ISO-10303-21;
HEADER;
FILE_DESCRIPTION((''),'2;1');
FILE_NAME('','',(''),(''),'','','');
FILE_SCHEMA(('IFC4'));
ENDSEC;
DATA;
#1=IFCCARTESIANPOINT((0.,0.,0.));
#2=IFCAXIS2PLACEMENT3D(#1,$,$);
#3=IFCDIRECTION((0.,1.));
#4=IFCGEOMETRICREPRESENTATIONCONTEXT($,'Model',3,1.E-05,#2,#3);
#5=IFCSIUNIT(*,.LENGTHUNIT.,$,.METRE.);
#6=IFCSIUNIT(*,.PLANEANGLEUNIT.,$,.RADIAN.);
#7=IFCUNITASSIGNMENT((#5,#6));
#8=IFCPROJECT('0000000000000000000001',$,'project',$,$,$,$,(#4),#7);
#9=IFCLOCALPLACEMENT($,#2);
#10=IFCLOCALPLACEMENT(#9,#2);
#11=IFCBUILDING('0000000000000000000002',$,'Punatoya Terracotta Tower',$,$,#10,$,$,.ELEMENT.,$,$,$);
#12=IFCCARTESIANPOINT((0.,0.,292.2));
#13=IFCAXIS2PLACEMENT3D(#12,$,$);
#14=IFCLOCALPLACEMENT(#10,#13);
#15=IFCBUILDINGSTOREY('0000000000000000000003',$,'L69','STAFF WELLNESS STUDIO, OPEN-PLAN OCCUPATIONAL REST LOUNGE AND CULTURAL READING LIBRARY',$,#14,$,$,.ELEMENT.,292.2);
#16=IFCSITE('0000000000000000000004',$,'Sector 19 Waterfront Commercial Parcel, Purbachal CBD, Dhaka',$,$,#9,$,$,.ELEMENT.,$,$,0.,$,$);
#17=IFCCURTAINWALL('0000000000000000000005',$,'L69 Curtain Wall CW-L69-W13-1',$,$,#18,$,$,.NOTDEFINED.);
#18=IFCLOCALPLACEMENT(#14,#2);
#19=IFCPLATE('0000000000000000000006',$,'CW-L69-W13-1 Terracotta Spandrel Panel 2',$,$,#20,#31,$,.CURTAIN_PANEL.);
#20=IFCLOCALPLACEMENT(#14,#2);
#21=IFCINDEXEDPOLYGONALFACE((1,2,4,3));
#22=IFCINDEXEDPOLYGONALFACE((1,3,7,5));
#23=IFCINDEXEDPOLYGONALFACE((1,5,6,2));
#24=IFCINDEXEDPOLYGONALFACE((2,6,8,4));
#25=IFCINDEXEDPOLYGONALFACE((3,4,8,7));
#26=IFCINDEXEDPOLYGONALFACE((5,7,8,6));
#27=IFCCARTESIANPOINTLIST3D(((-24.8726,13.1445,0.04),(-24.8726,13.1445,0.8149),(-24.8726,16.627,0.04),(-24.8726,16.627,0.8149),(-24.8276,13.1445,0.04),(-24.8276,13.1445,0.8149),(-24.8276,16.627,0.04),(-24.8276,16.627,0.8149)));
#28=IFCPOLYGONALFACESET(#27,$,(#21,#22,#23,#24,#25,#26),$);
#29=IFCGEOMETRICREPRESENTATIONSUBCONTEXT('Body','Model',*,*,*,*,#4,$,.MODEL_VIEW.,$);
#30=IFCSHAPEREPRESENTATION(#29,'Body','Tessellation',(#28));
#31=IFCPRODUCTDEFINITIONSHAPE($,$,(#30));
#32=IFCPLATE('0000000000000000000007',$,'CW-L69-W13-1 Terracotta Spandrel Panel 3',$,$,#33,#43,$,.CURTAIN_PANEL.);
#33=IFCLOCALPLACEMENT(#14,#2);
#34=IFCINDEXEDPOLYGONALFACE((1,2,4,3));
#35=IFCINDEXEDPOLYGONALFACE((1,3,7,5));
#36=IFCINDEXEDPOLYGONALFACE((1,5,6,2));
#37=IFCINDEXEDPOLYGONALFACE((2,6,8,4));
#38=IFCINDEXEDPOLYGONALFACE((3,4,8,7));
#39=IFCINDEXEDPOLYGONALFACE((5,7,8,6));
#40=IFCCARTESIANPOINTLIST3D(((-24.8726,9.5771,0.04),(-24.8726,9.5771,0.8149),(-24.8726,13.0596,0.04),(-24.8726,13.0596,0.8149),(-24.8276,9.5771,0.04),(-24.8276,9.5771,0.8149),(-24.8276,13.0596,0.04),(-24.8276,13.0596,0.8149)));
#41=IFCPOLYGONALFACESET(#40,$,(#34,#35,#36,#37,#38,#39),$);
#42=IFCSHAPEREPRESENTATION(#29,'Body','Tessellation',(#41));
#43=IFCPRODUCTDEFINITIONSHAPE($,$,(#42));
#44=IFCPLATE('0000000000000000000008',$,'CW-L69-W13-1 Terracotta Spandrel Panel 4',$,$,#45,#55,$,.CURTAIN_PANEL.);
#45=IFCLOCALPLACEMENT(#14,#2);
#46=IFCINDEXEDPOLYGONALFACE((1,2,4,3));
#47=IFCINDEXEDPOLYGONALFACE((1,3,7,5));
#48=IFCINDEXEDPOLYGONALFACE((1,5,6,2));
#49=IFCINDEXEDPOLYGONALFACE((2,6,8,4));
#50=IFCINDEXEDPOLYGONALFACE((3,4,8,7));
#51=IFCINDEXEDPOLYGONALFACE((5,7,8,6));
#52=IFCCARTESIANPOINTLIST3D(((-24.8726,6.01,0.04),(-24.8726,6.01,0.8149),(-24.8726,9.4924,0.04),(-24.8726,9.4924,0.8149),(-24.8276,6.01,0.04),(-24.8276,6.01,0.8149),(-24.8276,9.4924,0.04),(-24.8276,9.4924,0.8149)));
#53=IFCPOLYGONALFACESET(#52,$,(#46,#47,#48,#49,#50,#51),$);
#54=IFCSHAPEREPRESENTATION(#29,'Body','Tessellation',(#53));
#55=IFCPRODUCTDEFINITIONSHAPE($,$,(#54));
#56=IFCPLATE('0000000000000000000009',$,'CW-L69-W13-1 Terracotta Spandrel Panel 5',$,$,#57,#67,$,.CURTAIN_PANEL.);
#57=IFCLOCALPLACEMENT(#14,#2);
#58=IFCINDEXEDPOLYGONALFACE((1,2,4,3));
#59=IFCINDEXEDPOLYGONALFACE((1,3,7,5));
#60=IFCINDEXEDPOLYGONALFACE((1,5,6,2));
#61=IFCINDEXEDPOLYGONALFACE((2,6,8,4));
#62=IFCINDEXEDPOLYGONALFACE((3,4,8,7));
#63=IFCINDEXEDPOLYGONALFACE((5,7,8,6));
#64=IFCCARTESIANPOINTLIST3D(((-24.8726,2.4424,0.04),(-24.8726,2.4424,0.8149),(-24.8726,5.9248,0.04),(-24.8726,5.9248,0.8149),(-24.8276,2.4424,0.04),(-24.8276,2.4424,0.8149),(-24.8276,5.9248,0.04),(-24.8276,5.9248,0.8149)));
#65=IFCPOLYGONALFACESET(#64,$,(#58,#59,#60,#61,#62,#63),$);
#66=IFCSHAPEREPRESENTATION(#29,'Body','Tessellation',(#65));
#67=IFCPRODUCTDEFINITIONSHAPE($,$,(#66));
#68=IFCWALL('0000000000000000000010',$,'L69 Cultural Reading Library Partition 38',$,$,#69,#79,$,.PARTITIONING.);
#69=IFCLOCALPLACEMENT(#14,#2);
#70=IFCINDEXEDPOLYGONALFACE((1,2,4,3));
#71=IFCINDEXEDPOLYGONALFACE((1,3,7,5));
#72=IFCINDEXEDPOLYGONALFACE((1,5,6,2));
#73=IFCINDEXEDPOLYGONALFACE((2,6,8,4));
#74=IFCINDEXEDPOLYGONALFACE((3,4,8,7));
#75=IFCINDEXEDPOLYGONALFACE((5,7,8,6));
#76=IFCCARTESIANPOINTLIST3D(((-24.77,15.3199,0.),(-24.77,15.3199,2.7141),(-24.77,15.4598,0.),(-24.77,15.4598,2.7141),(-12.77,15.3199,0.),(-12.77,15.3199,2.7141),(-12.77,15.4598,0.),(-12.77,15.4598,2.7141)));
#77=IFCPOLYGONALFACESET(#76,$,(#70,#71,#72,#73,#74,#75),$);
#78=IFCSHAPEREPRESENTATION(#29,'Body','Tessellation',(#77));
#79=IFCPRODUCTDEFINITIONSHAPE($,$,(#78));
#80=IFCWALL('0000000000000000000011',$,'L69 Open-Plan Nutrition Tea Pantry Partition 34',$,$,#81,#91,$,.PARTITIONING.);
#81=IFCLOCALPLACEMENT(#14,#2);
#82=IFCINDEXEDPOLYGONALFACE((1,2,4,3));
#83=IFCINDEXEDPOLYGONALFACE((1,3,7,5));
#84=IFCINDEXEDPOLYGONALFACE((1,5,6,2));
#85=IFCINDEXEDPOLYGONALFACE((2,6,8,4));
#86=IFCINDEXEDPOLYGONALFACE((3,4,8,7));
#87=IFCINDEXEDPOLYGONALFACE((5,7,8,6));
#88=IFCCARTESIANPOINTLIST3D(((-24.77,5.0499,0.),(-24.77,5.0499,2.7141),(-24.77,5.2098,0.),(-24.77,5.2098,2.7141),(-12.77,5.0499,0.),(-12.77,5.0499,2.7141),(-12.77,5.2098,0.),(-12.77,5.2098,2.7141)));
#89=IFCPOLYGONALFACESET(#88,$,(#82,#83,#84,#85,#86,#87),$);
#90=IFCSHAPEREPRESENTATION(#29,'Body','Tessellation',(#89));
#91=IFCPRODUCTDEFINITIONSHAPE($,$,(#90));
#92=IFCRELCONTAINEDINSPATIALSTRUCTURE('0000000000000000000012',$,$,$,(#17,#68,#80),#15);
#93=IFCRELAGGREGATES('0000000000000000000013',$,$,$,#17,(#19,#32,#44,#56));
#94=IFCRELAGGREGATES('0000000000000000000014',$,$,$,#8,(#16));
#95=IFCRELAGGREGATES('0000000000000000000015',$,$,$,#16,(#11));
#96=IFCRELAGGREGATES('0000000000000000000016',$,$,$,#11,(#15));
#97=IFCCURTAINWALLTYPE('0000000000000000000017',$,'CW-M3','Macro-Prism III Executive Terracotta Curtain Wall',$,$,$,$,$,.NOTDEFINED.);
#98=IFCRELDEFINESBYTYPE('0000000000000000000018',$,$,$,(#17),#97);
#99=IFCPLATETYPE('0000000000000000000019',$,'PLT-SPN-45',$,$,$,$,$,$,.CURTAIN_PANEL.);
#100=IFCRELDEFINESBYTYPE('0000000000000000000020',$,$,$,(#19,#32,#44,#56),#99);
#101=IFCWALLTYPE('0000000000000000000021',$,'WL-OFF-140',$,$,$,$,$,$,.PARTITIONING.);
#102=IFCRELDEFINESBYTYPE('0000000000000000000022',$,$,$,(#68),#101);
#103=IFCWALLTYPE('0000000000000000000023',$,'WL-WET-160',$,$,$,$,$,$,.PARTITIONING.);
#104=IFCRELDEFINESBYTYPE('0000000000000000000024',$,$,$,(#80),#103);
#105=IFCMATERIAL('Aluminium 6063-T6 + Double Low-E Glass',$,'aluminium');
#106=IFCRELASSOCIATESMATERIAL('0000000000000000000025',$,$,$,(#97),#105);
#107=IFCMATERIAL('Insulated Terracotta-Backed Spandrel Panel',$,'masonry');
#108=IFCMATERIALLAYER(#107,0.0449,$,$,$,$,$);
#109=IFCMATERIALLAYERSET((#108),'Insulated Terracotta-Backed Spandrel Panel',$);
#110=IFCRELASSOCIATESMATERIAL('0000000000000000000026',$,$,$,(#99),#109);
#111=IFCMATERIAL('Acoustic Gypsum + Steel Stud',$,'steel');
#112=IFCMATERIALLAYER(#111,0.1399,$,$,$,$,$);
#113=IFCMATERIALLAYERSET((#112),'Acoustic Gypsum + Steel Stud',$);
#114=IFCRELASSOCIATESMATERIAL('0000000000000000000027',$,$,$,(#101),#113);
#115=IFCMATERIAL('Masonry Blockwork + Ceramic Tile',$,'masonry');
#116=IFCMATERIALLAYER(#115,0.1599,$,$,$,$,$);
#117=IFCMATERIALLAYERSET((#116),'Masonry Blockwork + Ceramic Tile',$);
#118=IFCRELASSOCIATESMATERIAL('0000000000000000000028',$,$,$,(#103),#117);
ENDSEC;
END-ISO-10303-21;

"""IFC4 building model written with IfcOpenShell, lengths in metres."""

from ifc_helpers import new_model, si_unit, direction, frame, frame_2d, origin, origin_2d, place, context, subcontext, project, spatial, rectangle, extrude, material, layer, layer_set, type_object, element, aggregate, save


model = new_model("IFC4")

# Units and contexts
model_context = context("Model", 3, precision=1e-05, world=origin(), true_north=direction((0.0, 1.0)))
body_context = subcontext(model_context, "Body", "Model", "MODEL_VIEW")
ifc_project = project(units=[si_unit("LENGTHUNIT", "METRE"), si_unit("PLANEANGLEUNIT", "RADIAN")], contexts=[model_context])

# Site, building, storey
site_placement = place(None, origin())
site = spatial("IfcSite", under=ifc_project, at=site_placement, Name="Sector 19 Waterfront Commercial Parcel, Purbachal CBD, Dhaka", CompositionType="ELEMENT", RefElevation=0.0)
building_placement = place(site_placement, origin())
building = spatial("IfcBuilding", under=site, at=building_placement, Name="Punatoya Terracotta Tower", CompositionType="ELEMENT")
storey_placement = place(building_placement, frame((0.0, 0.0, 292.2)))
storey = spatial("IfcBuildingStorey", under=building, at=storey_placement, Name="L69", Description="STAFF WELLNESS STUDIO, OPEN-PLAN OCCUPATIONAL REST LOUNGE AND CULTURAL READING LIBRARY", CompositionType="ELEMENT", Elevation=292.2)

# Curtain wall, plates
ifc_material_1 = material(Name="Aluminium 6063-T6 + Double Low-E Glass", Category="aluminium")
curtain_wall_type = type_object("IfcCurtainWallType", Name="CW-M3", Description="Macro-Prism III Executive Terracotta Curtain Wall", PredefinedType="NOTDEFINED", material=ifc_material_1)
curtain_wall_placement = place(storey_placement, origin())
curtain_wall = element("IfcCurtainWall", 1, at=curtain_wall_placement, inside=storey, type_object=curtain_wall_type, Name="L69 Curtain Wall CW-L69-W13-1", PredefinedType="NOTDEFINED")
ifc_material_2 = material(Name="Insulated Terracotta-Backed Spandrel Panel", Category="masonry")
ifc_layer_1 = layer(ifc_material_2, 0.0449)
ifc_layer_set_1 = layer_set([ifc_layer_1], Name="Insulated Terracotta-Backed Spandrel Panel")
plate_type_1 = type_object("IfcPlateType", Name="PLT-SPN-45", PredefinedType="CURTAIN_PANEL", material=ifc_layer_set_1)
plate_1_placement = place(storey_placement, frame((-24.8501, 14.8857, 0.04), z_axis=(0.0, 0.0, 1.0), x_axis=(0.0, -1.0, 0.0)))
plate_1 = element("IfcPlate", 2, at=plate_1_placement, type_object=plate_type_1, Name="CW-L69-W13-1 Terracotta Spandrel Panel 2", PredefinedType="CURTAIN_PANEL", context=body_context, shape_type="SweptSolid", body=[
    extrude(rectangle(XDim=3.4824, YDim=0.0449, at=origin_2d()), origin(), (0.0, 0.0, 1.0), 0.7749),
])
plate_2_placement = place(storey_placement, frame((-24.8501, 11.3184, 0.04), z_axis=(0.0, 0.0, 1.0), x_axis=(0.0, -1.0, 0.0)))
plate_2 = element("IfcPlate", 3, at=plate_2_placement, type_object=plate_type_1, Name="CW-L69-W13-1 Terracotta Spandrel Panel 3", PredefinedType="CURTAIN_PANEL", context=body_context, shape_type="SweptSolid", body=[
    extrude(rectangle(XDim=3.4824, YDim=0.0449, at=origin_2d()), origin(), (0.0, 0.0, 1.0), 0.7749),
])
plate_3_placement = place(storey_placement, frame((-24.8501, 7.7512, 0.04), z_axis=(0.0, 0.0, 1.0), x_axis=(0.0, -1.0, 0.0)))
plate_3 = element("IfcPlate", 4, at=plate_3_placement, type_object=plate_type_1, Name="CW-L69-W13-1 Terracotta Spandrel Panel 4", PredefinedType="CURTAIN_PANEL", context=body_context, shape_type="SweptSolid", body=[
    extrude(rectangle(XDim=3.4824, YDim=0.0449, at=origin_2d()), origin(), (0.0, 0.0, 1.0), 0.7749),
])
plate_4_placement = place(storey_placement, frame((-24.8501, 4.1836, 0.04), z_axis=(0.0, 0.0, 1.0), x_axis=(0.0, -1.0, 0.0)))
plate_4 = element("IfcPlate", 5, at=plate_4_placement, type_object=plate_type_1, Name="CW-L69-W13-1 Terracotta Spandrel Panel 5", PredefinedType="CURTAIN_PANEL", context=body_context, shape_type="SweptSolid", body=[
    extrude(rectangle(XDim=3.4824, YDim=0.0449, at=origin_2d()), origin(), (0.0, 0.0, 1.0), 0.7749),
])
aggregate(curtain_wall, [plate_1, plate_2, plate_3, plate_4])

# Walls
ifc_material_3 = material(Name="Acoustic Gypsum + Steel Stud", Category="steel")
ifc_layer_2 = layer(ifc_material_3, 0.1399)
ifc_layer_set_2 = layer_set([ifc_layer_2], Name="Acoustic Gypsum + Steel Stud")
wall_type_1 = type_object("IfcWallType", Name="WL-OFF-140", PredefinedType="PARTITIONING", material=ifc_layer_set_2)
wall_1_placement = place(storey_placement, frame((-24.77, 15.3899, 0.0), z_axis=(0.0, 0.0, 1.0), x_axis=(1.0, 0.0, 0.0)))
element("IfcWall", 6, at=wall_1_placement, inside=storey, type_object=wall_type_1, Name="L69 Cultural Reading Library Partition 38", PredefinedType="PARTITIONING", context=body_context, shape_type="SweptSolid", body=[
    extrude(rectangle(XDim=12.0, YDim=0.1399, at=frame_2d((6.0, 0.0))), origin(), (0.0, 0.0, 1.0), 2.7141),
])
ifc_material_4 = material(Name="Masonry Blockwork + Ceramic Tile", Category="masonry")
ifc_layer_3 = layer(ifc_material_4, 0.1599)
ifc_layer_set_3 = layer_set([ifc_layer_3], Name="Masonry Blockwork + Ceramic Tile")
wall_type_2 = type_object("IfcWallType", Name="WL-WET-160", PredefinedType="PARTITIONING", material=ifc_layer_set_3)
wall_2_placement = place(storey_placement, frame((-24.77, 5.1299, 0.0), z_axis=(0.0, 0.0, 1.0), x_axis=(1.0, 0.0, 0.0)))
element("IfcWall", 7, at=wall_2_placement, inside=storey, type_object=wall_type_2, Name="L69 Open-Plan Nutrition Tea Pantry Partition 34", PredefinedType="PARTITIONING", context=body_context, shape_type="SweptSolid", body=[
    extrude(rectangle(XDim=12.0, YDim=0.1599, at=frame_2d((6.0, 0.0))), origin(), (0.0, 0.0, 1.0), 2.7141),
])

save(model, "model.ifc")
